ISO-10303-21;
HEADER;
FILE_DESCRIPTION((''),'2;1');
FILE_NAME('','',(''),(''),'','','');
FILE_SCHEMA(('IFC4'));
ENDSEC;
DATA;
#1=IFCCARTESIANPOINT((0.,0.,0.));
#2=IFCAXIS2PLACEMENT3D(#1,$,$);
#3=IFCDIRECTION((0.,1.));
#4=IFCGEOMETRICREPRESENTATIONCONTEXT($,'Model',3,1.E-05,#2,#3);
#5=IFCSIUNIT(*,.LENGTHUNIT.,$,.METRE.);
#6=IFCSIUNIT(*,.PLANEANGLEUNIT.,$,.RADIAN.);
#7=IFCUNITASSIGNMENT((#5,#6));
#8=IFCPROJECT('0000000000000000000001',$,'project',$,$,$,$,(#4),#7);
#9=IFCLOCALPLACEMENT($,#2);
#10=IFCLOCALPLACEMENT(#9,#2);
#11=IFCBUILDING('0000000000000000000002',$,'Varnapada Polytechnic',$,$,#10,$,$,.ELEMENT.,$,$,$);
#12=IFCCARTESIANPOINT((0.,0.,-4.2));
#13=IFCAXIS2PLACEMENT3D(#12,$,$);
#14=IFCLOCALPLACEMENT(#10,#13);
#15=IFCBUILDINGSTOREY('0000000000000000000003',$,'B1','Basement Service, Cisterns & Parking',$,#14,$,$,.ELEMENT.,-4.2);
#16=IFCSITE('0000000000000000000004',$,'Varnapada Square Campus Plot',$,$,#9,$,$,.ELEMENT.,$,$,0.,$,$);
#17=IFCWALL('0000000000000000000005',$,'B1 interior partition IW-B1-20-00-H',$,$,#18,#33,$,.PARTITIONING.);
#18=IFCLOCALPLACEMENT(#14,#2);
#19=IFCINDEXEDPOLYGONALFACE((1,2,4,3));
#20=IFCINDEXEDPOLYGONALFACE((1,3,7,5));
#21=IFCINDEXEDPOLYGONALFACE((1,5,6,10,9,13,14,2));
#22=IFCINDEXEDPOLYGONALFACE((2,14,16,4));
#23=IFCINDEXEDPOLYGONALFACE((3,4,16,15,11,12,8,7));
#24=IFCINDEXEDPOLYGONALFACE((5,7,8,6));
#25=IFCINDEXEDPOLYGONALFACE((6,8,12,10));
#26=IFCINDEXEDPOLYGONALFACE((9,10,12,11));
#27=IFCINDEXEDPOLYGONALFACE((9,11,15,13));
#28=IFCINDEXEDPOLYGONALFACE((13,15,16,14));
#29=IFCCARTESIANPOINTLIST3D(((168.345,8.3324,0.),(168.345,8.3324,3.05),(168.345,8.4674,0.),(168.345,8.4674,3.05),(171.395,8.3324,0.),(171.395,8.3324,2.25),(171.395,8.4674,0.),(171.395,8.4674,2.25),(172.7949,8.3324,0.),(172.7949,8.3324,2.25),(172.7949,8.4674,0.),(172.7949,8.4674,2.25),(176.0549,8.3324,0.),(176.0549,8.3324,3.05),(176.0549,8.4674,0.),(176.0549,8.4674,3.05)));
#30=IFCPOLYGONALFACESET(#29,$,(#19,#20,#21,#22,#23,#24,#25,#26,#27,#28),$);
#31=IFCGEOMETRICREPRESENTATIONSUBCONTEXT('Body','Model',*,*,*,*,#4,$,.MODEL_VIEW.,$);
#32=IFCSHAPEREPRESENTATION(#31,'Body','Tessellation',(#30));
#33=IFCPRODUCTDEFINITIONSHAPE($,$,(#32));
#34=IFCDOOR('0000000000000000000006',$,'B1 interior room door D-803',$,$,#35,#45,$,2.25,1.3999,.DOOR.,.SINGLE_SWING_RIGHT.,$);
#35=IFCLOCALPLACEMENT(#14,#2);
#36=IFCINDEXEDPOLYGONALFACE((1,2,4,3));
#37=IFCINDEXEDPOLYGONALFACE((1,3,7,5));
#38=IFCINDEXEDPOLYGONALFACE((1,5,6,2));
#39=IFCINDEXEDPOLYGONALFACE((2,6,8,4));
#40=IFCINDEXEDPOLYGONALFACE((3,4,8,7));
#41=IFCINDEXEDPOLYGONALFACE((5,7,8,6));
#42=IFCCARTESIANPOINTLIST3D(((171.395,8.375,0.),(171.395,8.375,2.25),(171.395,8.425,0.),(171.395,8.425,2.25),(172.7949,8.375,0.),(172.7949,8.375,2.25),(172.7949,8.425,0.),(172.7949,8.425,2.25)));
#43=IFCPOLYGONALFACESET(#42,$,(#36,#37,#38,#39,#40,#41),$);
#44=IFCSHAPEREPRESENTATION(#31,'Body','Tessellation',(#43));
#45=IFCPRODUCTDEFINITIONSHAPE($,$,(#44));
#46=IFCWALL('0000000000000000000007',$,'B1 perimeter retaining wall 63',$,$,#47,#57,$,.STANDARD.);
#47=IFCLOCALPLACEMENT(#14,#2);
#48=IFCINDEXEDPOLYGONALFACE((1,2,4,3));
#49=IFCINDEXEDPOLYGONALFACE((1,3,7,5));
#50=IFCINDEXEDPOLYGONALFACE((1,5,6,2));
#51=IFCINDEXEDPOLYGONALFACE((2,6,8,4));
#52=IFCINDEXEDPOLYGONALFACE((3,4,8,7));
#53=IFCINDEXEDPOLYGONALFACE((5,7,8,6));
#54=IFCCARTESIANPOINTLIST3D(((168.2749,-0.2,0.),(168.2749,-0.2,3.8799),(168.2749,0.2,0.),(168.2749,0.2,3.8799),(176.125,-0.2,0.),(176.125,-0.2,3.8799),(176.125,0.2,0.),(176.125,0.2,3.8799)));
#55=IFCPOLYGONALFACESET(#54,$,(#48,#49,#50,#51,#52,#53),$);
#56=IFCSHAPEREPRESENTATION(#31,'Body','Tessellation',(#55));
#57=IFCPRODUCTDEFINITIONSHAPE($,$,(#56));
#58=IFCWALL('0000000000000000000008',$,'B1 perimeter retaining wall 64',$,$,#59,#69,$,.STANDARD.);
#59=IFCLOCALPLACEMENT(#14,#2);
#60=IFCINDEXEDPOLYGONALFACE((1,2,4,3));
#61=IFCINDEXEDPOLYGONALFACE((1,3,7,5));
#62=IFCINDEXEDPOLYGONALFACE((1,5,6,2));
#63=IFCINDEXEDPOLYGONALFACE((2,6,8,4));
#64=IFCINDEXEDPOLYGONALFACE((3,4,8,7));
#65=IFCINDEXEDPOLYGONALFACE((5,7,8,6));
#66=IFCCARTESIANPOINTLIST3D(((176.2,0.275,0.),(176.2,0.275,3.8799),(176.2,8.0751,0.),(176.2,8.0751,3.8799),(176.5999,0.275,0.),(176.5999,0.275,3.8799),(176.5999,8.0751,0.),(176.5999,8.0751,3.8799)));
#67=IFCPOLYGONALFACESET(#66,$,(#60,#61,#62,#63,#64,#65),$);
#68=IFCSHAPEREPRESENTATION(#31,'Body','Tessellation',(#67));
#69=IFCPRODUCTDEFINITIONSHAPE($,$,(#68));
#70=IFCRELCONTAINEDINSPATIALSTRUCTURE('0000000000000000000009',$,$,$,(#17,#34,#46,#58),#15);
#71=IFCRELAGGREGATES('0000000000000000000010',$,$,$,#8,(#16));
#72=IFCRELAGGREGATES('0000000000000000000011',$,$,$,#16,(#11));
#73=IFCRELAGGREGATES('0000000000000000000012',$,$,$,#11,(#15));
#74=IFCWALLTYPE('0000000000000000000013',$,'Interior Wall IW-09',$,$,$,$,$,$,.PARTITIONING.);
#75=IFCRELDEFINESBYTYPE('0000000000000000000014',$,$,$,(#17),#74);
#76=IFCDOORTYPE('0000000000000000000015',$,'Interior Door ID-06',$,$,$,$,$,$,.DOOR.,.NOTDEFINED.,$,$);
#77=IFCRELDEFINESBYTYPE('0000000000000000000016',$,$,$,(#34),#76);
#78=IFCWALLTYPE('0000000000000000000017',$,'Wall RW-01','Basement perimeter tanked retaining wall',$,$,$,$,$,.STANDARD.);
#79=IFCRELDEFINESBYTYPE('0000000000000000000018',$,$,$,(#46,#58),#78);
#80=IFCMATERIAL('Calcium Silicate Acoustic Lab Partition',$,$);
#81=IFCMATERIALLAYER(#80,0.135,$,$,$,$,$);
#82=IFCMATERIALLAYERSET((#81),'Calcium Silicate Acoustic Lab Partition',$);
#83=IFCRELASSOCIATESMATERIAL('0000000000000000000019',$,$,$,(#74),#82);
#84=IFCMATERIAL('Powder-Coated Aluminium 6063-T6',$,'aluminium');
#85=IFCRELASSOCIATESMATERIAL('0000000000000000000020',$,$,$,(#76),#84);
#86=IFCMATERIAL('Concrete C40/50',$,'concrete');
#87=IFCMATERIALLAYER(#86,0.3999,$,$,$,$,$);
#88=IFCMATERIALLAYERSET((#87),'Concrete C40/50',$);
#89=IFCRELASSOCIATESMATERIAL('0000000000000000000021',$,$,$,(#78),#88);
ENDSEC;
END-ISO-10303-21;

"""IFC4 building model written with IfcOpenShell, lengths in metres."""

from ifc_helpers import new_model, si_unit, direction, frame, frame_2d, origin, place, context, subcontext, project, spatial, rectangle, extrude, material, layer, layer_set, type_object, element, fill, save


model = new_model("IFC4")

# Units and contexts
model_context = context("Model", 3, precision=1e-05, world=origin(), true_north=direction((0.0, 1.0)))
body_context = subcontext(model_context, "Body", "Model", "MODEL_VIEW")
ifc_project = project(units=[si_unit("LENGTHUNIT", "METRE"), si_unit("PLANEANGLEUNIT", "RADIAN")], contexts=[model_context])

# Site, building, storey
site_placement = place(None, origin())
site = spatial("IfcSite", under=ifc_project, at=site_placement, Name="Varnapada Square Campus Plot", CompositionType="ELEMENT", RefElevation=0.0)
building_placement = place(site_placement, origin())
building = spatial("IfcBuilding", under=site, at=building_placement, Name="Varnapada Polytechnic", CompositionType="ELEMENT")
storey_placement = place(building_placement, frame((0.0, 0.0, -4.2)))
storey = spatial("IfcBuildingStorey", under=building, at=storey_placement, Name="B1", Description="Basement Service, Cisterns & Parking", CompositionType="ELEMENT", Elevation=-4.2)

# Shared definitions
ifc_material_1 = material(Name="Concrete C40/50", Category="concrete")

# Wall, opening, door
ifc_material_2 = material(Name="Calcium Silicate Acoustic Lab Partition")
ifc_layer_1 = layer(ifc_material_2, 0.135)
ifc_layer_set_1 = layer_set([ifc_layer_1], Name="Calcium Silicate Acoustic Lab Partition")
wall_type_1 = type_object("IfcWallType", Name="Interior Wall IW-09", PredefinedType="PARTITIONING", material=ifc_layer_set_1)
wall_1_placement = place(storey_placement, frame((168.345, 8.3999, 0.0), z_axis=(0.0, 0.0, 1.0), x_axis=(1.0, 0.0, 0.0)))
wall_1 = element("IfcWall", 1, at=wall_1_placement, inside=storey, type_object=wall_type_1, Name="B1 interior partition IW-B1-20-00-H", PredefinedType="PARTITIONING", context=body_context, shape_type="SweptSolid", body=[
    extrude(rectangle(XDim=7.71, YDim=0.135, at=frame_2d((3.855, 0.0))), origin(), (0.0, 0.0, 1.0), 3.05),
])
opening_placement = place(wall_1_placement, frame((3.05, 0.0, 0.0)))
opening = element("IfcOpeningElement", 2, at=opening_placement, cuts=wall_1, PredefinedType="OPENING", context=body_context, shape_type="SweptSolid", body=[
    extrude(rectangle(XDim=1.3999, YDim=2.25, at=frame_2d((0.7, 1.125))), frame((0.0, 0.0774, 0.0), z_axis=(0.0, -1.0, 0.0), x_axis=(1.0, 0.0, 0.0)), (0.0, 0.0, 1.0), 0.155),
])
ifc_material_3 = material(Name="Powder-Coated Aluminium 6063-T6", Category="aluminium")
door_type = type_object("IfcDoorType", Name="Interior Door ID-06", OperationType="NOTDEFINED", PredefinedType="DOOR", material=ifc_material_3)
door_placement = place(opening_placement, frame((1.3999, 0.0, 0.0), z_axis=(0.0, 0.0, 1.0), x_axis=(-1.0, 0.0, 0.0)))
door = element("IfcDoor", 3, at=door_placement, inside=storey, type_object=door_type, Name="B1 interior room door D-803", OperationType="SINGLE_SWING_RIGHT", OverallHeight=2.25, OverallWidth=1.3999, PredefinedType="DOOR", context=body_context, shape_type="SweptSolid", body=[
    extrude(rectangle(XDim=1.3999, YDim=2.25, at=frame_2d((0.7, 1.125))), frame((0.0, 0.0249, 0.0), z_axis=(0.0, -1.0, 0.0), x_axis=(1.0, 0.0, 0.0)), (0.0, 0.0, 1.0), 0.05),
])
fill(opening, door)

# Walls
ifc_layer_2 = layer(ifc_material_1, 0.3999)
ifc_layer_set_2 = layer_set([ifc_layer_2], Name="Concrete C40/50")
wall_type_2 = type_object("IfcWallType", Name="Wall RW-01", Description="Basement perimeter tanked retaining wall", PredefinedType="STANDARD", material=ifc_layer_set_2)
wall_2_placement = place(storey_placement, frame((176.125, 0.0, 0.0), z_axis=(0.0, 0.0, 1.0), x_axis=(-1.0, 0.0, 0.0)))
element("IfcWall", 4, at=wall_2_placement, inside=storey, type_object=wall_type_2, Name="B1 perimeter retaining wall 63", PredefinedType="STANDARD", context=body_context, shape_type="SweptSolid", body=[
    extrude(rectangle(XDim=7.8501, YDim=0.3999, at=frame_2d((3.925, 0.0))), origin(), (0.0, 0.0, 1.0), 3.8799),
])
wall_3_placement = place(storey_placement, frame((176.3999, 8.075, 0.0), z_axis=(0.0, 0.0, 1.0), x_axis=(0.0, -1.0, 0.0)))
element("IfcWall", 5, at=wall_3_placement, inside=storey, type_object=wall_type_2, Name="B1 perimeter retaining wall 64", PredefinedType="STANDARD", context=body_context, shape_type="SweptSolid", body=[
    extrude(rectangle(XDim=7.8, YDim=0.3999, at=frame_2d((3.8999, 0.0))), origin(), (0.0, 0.0, 1.0), 3.8799),
])

save(model, "model.ifc")
